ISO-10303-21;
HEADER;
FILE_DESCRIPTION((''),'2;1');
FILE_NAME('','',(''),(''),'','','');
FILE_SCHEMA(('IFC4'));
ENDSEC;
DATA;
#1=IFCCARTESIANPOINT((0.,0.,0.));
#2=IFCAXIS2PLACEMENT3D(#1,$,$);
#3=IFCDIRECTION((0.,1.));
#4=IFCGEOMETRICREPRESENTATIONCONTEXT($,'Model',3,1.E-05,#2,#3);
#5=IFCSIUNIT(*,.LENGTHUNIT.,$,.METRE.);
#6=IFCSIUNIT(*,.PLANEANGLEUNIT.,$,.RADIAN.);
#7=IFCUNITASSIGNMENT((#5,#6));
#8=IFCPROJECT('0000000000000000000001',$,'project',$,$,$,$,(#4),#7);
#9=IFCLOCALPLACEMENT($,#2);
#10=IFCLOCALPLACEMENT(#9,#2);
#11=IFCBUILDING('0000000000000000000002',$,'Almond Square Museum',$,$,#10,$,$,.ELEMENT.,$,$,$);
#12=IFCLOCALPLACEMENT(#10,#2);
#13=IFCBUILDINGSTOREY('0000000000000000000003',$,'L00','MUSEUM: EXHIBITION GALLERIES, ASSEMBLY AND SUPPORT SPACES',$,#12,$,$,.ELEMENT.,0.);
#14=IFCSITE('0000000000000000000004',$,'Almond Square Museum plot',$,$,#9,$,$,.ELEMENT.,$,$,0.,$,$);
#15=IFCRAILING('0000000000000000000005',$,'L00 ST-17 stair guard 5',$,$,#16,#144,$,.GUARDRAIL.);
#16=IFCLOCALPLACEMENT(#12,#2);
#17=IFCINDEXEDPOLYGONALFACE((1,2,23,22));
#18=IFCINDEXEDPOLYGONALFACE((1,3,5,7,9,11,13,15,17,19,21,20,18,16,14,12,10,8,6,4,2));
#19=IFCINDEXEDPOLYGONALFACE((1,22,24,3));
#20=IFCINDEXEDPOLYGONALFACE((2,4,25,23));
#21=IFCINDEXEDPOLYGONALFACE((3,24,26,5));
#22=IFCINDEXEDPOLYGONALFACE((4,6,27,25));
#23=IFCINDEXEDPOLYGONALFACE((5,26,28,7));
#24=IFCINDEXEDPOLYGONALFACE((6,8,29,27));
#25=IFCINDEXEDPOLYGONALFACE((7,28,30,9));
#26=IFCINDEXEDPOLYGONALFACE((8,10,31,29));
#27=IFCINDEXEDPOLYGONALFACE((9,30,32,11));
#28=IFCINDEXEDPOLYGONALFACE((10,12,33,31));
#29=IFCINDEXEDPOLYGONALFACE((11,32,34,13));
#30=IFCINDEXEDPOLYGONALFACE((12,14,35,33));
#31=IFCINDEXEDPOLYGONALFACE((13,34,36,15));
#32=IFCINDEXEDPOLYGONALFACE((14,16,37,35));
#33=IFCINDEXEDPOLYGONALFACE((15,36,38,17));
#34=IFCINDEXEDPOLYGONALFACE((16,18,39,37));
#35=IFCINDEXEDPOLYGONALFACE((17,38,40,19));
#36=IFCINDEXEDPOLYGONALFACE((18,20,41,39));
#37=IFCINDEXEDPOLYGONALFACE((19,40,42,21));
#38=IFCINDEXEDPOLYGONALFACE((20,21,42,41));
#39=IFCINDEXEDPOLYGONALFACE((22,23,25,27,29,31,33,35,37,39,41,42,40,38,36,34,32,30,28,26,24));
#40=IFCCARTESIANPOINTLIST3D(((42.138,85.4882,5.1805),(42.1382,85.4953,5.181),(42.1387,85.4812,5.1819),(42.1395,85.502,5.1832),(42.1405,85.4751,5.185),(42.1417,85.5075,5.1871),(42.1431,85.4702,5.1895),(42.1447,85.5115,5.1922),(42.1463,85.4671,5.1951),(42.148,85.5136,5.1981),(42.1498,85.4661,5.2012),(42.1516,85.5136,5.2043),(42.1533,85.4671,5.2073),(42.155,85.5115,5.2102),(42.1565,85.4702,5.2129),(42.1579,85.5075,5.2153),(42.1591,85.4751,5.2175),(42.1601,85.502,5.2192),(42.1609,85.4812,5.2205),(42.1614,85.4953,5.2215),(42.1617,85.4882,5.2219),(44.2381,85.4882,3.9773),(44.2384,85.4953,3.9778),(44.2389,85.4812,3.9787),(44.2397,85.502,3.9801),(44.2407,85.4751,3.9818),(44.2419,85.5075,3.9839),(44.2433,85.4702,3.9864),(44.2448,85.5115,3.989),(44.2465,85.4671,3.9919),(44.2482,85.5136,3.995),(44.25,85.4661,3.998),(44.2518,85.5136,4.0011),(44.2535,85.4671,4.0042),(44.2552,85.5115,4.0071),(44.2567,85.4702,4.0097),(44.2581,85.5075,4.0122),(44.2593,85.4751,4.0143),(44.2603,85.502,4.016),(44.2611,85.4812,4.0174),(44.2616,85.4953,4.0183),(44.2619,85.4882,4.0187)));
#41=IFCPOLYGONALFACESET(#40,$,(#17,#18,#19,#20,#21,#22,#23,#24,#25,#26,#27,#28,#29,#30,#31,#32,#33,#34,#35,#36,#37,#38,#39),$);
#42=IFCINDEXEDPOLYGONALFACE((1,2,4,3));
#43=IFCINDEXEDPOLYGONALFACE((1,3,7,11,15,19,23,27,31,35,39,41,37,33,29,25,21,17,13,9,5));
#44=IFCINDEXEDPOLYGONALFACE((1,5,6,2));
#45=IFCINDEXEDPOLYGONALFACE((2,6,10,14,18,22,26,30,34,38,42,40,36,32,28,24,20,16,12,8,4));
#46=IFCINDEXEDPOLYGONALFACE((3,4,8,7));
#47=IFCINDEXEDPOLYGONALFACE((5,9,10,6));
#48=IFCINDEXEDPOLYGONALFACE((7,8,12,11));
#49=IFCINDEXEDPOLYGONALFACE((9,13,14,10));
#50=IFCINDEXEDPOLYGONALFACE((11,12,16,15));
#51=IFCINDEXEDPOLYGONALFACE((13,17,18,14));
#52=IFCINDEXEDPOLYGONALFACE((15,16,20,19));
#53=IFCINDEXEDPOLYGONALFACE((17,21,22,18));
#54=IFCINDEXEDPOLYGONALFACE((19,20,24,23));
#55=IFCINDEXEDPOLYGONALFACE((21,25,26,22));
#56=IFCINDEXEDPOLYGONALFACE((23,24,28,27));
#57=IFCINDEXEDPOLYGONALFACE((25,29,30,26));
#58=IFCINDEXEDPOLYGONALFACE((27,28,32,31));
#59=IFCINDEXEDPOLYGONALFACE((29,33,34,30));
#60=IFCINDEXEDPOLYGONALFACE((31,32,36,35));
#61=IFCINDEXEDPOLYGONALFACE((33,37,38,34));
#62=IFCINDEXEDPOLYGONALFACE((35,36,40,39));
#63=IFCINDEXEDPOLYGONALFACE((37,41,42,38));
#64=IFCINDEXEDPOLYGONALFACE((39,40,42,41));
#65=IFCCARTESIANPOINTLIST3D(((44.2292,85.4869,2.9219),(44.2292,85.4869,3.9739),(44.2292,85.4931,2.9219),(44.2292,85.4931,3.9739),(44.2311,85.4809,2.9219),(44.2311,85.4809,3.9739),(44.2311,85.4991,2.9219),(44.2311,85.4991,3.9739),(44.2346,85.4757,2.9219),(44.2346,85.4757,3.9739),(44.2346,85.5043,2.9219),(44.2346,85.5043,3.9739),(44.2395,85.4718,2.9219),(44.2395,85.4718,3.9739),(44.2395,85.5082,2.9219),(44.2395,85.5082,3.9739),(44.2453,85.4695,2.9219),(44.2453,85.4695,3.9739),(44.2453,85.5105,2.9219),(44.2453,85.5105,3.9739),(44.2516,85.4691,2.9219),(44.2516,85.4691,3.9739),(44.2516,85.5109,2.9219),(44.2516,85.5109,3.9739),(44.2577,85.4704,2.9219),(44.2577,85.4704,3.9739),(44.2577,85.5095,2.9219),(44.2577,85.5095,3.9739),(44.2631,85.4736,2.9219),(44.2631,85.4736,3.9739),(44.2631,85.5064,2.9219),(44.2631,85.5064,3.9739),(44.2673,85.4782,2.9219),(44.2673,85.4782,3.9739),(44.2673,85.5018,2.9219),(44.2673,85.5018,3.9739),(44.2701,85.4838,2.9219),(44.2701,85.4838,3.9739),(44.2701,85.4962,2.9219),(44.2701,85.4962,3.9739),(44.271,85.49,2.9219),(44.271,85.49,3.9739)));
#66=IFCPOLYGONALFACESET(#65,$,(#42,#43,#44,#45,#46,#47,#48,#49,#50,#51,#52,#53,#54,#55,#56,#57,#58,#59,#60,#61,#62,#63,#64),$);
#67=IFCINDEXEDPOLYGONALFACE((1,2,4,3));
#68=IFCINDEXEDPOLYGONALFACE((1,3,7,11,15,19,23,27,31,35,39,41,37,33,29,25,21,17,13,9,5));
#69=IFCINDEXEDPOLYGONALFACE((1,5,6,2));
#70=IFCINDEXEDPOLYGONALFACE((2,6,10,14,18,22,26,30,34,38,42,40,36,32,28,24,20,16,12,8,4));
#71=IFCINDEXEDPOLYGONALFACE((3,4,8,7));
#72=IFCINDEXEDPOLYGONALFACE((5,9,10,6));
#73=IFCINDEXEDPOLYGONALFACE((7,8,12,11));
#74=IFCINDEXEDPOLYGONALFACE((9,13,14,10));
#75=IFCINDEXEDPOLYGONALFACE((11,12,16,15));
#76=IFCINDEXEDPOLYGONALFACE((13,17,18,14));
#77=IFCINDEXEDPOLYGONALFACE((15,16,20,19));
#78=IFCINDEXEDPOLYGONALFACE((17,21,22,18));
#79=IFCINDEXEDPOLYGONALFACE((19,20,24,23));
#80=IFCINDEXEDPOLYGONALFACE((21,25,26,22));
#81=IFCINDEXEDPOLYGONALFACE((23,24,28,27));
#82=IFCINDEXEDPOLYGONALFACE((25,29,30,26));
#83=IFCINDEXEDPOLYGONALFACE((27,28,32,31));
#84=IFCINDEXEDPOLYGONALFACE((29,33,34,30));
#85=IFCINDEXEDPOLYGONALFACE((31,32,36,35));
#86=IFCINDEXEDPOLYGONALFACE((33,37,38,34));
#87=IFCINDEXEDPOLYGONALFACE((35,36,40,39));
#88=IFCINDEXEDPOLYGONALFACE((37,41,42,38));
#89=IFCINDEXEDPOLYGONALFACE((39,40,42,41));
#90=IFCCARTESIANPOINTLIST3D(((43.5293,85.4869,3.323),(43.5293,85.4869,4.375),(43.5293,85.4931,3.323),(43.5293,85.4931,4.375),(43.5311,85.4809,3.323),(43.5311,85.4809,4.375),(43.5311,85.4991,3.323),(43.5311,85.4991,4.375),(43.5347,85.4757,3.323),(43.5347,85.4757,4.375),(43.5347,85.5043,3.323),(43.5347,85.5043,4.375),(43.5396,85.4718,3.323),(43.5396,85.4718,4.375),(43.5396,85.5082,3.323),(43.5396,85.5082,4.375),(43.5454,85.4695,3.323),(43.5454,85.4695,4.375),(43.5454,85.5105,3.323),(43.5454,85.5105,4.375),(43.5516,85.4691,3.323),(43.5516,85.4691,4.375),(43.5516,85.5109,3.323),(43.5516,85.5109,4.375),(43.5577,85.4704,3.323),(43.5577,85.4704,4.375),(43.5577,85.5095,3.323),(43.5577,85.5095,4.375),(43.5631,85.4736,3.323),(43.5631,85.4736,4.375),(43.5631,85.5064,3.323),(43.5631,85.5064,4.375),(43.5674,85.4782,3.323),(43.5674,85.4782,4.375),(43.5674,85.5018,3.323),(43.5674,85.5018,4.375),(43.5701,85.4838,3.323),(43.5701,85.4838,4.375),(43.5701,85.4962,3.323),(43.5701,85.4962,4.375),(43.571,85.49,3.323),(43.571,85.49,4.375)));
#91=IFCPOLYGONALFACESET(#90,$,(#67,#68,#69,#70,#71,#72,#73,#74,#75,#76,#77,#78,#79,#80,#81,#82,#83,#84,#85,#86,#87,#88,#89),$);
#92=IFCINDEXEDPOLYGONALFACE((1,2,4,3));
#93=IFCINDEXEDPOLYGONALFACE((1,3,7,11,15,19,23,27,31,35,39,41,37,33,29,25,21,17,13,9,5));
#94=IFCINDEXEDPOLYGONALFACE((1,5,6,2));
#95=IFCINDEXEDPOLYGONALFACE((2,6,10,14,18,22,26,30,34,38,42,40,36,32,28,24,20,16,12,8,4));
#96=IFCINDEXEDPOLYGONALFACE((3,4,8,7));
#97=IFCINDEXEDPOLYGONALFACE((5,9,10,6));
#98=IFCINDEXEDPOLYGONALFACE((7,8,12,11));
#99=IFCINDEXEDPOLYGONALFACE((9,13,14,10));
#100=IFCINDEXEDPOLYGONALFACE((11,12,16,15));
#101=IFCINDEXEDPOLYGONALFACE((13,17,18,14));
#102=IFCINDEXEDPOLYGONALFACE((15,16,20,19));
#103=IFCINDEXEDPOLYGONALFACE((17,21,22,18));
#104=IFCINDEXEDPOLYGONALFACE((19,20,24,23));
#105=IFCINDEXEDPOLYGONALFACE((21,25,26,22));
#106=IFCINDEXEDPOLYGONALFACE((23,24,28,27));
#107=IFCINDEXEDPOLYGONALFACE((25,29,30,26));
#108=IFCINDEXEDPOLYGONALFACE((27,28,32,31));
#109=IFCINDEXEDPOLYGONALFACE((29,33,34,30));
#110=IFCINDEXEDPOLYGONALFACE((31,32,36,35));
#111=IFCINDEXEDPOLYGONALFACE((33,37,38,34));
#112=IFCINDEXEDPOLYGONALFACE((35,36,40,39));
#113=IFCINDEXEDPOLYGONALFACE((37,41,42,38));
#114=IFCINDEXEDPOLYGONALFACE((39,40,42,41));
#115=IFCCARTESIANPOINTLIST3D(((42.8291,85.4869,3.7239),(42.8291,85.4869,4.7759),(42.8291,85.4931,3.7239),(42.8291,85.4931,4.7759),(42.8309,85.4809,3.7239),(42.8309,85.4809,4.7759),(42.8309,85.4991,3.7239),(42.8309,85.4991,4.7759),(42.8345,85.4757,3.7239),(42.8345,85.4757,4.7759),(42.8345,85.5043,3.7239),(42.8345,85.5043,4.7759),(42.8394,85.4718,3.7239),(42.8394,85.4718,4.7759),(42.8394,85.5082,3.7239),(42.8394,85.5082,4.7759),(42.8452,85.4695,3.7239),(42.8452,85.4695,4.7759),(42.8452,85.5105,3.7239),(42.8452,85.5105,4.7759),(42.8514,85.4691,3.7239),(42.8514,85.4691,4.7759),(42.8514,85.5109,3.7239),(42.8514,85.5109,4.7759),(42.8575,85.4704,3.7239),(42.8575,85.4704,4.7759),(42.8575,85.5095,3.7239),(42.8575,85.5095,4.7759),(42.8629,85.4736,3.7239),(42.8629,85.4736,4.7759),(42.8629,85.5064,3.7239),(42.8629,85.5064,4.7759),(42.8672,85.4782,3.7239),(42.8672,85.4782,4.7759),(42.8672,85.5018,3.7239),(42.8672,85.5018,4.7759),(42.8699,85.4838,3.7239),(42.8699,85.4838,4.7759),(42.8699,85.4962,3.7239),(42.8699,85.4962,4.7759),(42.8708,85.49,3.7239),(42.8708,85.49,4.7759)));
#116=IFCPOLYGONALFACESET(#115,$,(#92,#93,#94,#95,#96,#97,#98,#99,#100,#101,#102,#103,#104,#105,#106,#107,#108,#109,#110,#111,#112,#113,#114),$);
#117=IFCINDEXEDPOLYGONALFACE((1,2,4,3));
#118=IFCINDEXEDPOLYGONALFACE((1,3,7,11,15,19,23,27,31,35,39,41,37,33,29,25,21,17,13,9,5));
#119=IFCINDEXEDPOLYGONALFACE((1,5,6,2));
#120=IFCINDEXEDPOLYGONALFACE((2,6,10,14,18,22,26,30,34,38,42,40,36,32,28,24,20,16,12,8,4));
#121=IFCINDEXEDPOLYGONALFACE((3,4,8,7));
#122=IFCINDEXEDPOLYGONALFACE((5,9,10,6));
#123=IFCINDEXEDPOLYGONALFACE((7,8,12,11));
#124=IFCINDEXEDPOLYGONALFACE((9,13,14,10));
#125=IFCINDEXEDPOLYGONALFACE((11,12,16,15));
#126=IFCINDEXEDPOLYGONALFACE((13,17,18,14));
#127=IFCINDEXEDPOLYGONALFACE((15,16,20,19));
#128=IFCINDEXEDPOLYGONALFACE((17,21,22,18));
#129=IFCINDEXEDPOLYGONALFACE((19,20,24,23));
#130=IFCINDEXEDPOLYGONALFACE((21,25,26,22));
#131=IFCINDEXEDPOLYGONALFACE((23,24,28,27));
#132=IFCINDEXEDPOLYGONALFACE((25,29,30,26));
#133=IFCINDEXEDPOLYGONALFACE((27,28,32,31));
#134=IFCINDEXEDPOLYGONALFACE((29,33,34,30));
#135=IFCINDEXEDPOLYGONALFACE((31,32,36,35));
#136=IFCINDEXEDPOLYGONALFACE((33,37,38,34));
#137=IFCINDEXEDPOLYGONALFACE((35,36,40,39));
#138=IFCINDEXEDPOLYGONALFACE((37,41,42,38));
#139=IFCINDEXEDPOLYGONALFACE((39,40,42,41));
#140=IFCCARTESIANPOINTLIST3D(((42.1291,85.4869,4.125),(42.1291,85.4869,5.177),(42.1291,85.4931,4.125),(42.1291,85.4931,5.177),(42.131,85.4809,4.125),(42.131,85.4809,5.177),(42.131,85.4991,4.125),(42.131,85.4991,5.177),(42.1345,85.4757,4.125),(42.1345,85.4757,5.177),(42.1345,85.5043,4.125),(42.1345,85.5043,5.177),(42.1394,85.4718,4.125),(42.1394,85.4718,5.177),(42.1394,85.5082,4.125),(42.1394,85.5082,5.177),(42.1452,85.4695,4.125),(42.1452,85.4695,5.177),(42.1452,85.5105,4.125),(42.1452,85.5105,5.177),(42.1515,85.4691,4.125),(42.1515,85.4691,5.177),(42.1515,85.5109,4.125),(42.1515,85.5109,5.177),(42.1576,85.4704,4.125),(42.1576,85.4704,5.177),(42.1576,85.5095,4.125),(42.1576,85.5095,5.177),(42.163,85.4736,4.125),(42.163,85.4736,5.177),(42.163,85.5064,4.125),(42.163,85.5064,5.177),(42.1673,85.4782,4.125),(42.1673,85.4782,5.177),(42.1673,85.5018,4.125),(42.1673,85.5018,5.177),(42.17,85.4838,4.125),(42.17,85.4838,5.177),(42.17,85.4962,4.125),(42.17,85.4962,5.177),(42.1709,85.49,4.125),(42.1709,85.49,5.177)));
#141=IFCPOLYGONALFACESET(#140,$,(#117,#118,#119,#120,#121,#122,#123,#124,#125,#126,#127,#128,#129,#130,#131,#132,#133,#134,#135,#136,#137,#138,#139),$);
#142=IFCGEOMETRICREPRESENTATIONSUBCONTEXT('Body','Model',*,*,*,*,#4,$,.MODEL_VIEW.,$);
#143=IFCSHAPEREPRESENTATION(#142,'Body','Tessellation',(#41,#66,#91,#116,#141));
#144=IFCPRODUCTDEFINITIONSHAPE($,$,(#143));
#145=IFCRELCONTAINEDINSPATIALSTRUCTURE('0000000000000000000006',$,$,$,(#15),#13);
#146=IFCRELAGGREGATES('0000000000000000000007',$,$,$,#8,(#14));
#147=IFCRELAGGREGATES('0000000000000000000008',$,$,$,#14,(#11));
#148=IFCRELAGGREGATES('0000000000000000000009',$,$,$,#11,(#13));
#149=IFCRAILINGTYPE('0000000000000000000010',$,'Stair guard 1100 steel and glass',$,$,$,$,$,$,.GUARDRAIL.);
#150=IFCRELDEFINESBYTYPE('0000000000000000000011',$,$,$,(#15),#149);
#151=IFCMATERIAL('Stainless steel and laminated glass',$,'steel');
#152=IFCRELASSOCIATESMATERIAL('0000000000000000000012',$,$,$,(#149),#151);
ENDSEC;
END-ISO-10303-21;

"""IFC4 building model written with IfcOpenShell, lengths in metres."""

from ifc_helpers import new_model, si_unit, direction, frame, origin, origin_2d, place, context, subcontext, project, spatial, circle, extrude, material, type_object, element, save


model = new_model("IFC4")

# Units and contexts
model_context = context("Model", 3, precision=1e-05, world=origin(), true_north=direction((0.0, 1.0)))
body_context = subcontext(model_context, "Body", "Model", "MODEL_VIEW")
ifc_project = project(units=[si_unit("LENGTHUNIT", "METRE"), si_unit("PLANEANGLEUNIT", "RADIAN")], contexts=[model_context])

# Site, building, storey
site_placement = place(None, origin())
site = spatial("IfcSite", under=ifc_project, at=site_placement, Name="Almond Square Museum plot", CompositionType="ELEMENT", RefElevation=0.0)
building_placement = place(site_placement, origin())
building = spatial("IfcBuilding", under=site, at=building_placement, Name="Almond Square Museum", CompositionType="ELEMENT")
storey_placement = place(building_placement, origin())
storey = spatial("IfcBuildingStorey", under=building, at=storey_placement, Name="L00", Description="MUSEUM: EXHIBITION GALLERIES, ASSEMBLY AND SUPPORT SPACES", CompositionType="ELEMENT", Elevation=0.0)

# Railing
ifc_material_1 = material(Name="Stainless steel and laminated glass", Category="steel")
railing_type_1 = type_object("IfcRailingType", Name="Stair guard 1100 steel and glass", PredefinedType="GUARDRAIL", material=ifc_material_1)
railing_1_placement = place(storey_placement, frame((44.25, 85.49, 2.9219)))
element("IfcRailing", 1, at=railing_1_placement, inside=storey, type_object=railing_type_1, Name="L00 ST-17 stair guard 5", PredefinedType="GUARDRAIL", context=body_context, shape_type="SweptSolid", body=[
    extrude(circle(Radius=0.0239, at=origin_2d()), frame((0.0, 0.0, 1.0762), z_axis=(-0.867696, 0.0, 0.497095), x_axis=(0.0, -1.0, 0.0)), (0.0, 0.0, 1.0), 2.4204),
    extrude(circle(Radius=0.021, at=origin_2d()), origin(), (0.0, 0.0, 1.0), 1.052),
    extrude(circle(Radius=0.021, at=origin_2d()), frame((-0.7, 0.0, 0.4011)), (0.0, 0.0, 1.0), 1.052),
    extrude(circle(Radius=0.021, at=origin_2d()), frame((-1.4001, 0.0, 0.802)), (0.0, 0.0, 1.0), 1.052),
    extrude(circle(Radius=0.021, at=origin_2d()), frame((-2.1001, 0.0, 1.2031)), (0.0, 0.0, 1.0), 1.052),
])

save(model, "model.ifc")
